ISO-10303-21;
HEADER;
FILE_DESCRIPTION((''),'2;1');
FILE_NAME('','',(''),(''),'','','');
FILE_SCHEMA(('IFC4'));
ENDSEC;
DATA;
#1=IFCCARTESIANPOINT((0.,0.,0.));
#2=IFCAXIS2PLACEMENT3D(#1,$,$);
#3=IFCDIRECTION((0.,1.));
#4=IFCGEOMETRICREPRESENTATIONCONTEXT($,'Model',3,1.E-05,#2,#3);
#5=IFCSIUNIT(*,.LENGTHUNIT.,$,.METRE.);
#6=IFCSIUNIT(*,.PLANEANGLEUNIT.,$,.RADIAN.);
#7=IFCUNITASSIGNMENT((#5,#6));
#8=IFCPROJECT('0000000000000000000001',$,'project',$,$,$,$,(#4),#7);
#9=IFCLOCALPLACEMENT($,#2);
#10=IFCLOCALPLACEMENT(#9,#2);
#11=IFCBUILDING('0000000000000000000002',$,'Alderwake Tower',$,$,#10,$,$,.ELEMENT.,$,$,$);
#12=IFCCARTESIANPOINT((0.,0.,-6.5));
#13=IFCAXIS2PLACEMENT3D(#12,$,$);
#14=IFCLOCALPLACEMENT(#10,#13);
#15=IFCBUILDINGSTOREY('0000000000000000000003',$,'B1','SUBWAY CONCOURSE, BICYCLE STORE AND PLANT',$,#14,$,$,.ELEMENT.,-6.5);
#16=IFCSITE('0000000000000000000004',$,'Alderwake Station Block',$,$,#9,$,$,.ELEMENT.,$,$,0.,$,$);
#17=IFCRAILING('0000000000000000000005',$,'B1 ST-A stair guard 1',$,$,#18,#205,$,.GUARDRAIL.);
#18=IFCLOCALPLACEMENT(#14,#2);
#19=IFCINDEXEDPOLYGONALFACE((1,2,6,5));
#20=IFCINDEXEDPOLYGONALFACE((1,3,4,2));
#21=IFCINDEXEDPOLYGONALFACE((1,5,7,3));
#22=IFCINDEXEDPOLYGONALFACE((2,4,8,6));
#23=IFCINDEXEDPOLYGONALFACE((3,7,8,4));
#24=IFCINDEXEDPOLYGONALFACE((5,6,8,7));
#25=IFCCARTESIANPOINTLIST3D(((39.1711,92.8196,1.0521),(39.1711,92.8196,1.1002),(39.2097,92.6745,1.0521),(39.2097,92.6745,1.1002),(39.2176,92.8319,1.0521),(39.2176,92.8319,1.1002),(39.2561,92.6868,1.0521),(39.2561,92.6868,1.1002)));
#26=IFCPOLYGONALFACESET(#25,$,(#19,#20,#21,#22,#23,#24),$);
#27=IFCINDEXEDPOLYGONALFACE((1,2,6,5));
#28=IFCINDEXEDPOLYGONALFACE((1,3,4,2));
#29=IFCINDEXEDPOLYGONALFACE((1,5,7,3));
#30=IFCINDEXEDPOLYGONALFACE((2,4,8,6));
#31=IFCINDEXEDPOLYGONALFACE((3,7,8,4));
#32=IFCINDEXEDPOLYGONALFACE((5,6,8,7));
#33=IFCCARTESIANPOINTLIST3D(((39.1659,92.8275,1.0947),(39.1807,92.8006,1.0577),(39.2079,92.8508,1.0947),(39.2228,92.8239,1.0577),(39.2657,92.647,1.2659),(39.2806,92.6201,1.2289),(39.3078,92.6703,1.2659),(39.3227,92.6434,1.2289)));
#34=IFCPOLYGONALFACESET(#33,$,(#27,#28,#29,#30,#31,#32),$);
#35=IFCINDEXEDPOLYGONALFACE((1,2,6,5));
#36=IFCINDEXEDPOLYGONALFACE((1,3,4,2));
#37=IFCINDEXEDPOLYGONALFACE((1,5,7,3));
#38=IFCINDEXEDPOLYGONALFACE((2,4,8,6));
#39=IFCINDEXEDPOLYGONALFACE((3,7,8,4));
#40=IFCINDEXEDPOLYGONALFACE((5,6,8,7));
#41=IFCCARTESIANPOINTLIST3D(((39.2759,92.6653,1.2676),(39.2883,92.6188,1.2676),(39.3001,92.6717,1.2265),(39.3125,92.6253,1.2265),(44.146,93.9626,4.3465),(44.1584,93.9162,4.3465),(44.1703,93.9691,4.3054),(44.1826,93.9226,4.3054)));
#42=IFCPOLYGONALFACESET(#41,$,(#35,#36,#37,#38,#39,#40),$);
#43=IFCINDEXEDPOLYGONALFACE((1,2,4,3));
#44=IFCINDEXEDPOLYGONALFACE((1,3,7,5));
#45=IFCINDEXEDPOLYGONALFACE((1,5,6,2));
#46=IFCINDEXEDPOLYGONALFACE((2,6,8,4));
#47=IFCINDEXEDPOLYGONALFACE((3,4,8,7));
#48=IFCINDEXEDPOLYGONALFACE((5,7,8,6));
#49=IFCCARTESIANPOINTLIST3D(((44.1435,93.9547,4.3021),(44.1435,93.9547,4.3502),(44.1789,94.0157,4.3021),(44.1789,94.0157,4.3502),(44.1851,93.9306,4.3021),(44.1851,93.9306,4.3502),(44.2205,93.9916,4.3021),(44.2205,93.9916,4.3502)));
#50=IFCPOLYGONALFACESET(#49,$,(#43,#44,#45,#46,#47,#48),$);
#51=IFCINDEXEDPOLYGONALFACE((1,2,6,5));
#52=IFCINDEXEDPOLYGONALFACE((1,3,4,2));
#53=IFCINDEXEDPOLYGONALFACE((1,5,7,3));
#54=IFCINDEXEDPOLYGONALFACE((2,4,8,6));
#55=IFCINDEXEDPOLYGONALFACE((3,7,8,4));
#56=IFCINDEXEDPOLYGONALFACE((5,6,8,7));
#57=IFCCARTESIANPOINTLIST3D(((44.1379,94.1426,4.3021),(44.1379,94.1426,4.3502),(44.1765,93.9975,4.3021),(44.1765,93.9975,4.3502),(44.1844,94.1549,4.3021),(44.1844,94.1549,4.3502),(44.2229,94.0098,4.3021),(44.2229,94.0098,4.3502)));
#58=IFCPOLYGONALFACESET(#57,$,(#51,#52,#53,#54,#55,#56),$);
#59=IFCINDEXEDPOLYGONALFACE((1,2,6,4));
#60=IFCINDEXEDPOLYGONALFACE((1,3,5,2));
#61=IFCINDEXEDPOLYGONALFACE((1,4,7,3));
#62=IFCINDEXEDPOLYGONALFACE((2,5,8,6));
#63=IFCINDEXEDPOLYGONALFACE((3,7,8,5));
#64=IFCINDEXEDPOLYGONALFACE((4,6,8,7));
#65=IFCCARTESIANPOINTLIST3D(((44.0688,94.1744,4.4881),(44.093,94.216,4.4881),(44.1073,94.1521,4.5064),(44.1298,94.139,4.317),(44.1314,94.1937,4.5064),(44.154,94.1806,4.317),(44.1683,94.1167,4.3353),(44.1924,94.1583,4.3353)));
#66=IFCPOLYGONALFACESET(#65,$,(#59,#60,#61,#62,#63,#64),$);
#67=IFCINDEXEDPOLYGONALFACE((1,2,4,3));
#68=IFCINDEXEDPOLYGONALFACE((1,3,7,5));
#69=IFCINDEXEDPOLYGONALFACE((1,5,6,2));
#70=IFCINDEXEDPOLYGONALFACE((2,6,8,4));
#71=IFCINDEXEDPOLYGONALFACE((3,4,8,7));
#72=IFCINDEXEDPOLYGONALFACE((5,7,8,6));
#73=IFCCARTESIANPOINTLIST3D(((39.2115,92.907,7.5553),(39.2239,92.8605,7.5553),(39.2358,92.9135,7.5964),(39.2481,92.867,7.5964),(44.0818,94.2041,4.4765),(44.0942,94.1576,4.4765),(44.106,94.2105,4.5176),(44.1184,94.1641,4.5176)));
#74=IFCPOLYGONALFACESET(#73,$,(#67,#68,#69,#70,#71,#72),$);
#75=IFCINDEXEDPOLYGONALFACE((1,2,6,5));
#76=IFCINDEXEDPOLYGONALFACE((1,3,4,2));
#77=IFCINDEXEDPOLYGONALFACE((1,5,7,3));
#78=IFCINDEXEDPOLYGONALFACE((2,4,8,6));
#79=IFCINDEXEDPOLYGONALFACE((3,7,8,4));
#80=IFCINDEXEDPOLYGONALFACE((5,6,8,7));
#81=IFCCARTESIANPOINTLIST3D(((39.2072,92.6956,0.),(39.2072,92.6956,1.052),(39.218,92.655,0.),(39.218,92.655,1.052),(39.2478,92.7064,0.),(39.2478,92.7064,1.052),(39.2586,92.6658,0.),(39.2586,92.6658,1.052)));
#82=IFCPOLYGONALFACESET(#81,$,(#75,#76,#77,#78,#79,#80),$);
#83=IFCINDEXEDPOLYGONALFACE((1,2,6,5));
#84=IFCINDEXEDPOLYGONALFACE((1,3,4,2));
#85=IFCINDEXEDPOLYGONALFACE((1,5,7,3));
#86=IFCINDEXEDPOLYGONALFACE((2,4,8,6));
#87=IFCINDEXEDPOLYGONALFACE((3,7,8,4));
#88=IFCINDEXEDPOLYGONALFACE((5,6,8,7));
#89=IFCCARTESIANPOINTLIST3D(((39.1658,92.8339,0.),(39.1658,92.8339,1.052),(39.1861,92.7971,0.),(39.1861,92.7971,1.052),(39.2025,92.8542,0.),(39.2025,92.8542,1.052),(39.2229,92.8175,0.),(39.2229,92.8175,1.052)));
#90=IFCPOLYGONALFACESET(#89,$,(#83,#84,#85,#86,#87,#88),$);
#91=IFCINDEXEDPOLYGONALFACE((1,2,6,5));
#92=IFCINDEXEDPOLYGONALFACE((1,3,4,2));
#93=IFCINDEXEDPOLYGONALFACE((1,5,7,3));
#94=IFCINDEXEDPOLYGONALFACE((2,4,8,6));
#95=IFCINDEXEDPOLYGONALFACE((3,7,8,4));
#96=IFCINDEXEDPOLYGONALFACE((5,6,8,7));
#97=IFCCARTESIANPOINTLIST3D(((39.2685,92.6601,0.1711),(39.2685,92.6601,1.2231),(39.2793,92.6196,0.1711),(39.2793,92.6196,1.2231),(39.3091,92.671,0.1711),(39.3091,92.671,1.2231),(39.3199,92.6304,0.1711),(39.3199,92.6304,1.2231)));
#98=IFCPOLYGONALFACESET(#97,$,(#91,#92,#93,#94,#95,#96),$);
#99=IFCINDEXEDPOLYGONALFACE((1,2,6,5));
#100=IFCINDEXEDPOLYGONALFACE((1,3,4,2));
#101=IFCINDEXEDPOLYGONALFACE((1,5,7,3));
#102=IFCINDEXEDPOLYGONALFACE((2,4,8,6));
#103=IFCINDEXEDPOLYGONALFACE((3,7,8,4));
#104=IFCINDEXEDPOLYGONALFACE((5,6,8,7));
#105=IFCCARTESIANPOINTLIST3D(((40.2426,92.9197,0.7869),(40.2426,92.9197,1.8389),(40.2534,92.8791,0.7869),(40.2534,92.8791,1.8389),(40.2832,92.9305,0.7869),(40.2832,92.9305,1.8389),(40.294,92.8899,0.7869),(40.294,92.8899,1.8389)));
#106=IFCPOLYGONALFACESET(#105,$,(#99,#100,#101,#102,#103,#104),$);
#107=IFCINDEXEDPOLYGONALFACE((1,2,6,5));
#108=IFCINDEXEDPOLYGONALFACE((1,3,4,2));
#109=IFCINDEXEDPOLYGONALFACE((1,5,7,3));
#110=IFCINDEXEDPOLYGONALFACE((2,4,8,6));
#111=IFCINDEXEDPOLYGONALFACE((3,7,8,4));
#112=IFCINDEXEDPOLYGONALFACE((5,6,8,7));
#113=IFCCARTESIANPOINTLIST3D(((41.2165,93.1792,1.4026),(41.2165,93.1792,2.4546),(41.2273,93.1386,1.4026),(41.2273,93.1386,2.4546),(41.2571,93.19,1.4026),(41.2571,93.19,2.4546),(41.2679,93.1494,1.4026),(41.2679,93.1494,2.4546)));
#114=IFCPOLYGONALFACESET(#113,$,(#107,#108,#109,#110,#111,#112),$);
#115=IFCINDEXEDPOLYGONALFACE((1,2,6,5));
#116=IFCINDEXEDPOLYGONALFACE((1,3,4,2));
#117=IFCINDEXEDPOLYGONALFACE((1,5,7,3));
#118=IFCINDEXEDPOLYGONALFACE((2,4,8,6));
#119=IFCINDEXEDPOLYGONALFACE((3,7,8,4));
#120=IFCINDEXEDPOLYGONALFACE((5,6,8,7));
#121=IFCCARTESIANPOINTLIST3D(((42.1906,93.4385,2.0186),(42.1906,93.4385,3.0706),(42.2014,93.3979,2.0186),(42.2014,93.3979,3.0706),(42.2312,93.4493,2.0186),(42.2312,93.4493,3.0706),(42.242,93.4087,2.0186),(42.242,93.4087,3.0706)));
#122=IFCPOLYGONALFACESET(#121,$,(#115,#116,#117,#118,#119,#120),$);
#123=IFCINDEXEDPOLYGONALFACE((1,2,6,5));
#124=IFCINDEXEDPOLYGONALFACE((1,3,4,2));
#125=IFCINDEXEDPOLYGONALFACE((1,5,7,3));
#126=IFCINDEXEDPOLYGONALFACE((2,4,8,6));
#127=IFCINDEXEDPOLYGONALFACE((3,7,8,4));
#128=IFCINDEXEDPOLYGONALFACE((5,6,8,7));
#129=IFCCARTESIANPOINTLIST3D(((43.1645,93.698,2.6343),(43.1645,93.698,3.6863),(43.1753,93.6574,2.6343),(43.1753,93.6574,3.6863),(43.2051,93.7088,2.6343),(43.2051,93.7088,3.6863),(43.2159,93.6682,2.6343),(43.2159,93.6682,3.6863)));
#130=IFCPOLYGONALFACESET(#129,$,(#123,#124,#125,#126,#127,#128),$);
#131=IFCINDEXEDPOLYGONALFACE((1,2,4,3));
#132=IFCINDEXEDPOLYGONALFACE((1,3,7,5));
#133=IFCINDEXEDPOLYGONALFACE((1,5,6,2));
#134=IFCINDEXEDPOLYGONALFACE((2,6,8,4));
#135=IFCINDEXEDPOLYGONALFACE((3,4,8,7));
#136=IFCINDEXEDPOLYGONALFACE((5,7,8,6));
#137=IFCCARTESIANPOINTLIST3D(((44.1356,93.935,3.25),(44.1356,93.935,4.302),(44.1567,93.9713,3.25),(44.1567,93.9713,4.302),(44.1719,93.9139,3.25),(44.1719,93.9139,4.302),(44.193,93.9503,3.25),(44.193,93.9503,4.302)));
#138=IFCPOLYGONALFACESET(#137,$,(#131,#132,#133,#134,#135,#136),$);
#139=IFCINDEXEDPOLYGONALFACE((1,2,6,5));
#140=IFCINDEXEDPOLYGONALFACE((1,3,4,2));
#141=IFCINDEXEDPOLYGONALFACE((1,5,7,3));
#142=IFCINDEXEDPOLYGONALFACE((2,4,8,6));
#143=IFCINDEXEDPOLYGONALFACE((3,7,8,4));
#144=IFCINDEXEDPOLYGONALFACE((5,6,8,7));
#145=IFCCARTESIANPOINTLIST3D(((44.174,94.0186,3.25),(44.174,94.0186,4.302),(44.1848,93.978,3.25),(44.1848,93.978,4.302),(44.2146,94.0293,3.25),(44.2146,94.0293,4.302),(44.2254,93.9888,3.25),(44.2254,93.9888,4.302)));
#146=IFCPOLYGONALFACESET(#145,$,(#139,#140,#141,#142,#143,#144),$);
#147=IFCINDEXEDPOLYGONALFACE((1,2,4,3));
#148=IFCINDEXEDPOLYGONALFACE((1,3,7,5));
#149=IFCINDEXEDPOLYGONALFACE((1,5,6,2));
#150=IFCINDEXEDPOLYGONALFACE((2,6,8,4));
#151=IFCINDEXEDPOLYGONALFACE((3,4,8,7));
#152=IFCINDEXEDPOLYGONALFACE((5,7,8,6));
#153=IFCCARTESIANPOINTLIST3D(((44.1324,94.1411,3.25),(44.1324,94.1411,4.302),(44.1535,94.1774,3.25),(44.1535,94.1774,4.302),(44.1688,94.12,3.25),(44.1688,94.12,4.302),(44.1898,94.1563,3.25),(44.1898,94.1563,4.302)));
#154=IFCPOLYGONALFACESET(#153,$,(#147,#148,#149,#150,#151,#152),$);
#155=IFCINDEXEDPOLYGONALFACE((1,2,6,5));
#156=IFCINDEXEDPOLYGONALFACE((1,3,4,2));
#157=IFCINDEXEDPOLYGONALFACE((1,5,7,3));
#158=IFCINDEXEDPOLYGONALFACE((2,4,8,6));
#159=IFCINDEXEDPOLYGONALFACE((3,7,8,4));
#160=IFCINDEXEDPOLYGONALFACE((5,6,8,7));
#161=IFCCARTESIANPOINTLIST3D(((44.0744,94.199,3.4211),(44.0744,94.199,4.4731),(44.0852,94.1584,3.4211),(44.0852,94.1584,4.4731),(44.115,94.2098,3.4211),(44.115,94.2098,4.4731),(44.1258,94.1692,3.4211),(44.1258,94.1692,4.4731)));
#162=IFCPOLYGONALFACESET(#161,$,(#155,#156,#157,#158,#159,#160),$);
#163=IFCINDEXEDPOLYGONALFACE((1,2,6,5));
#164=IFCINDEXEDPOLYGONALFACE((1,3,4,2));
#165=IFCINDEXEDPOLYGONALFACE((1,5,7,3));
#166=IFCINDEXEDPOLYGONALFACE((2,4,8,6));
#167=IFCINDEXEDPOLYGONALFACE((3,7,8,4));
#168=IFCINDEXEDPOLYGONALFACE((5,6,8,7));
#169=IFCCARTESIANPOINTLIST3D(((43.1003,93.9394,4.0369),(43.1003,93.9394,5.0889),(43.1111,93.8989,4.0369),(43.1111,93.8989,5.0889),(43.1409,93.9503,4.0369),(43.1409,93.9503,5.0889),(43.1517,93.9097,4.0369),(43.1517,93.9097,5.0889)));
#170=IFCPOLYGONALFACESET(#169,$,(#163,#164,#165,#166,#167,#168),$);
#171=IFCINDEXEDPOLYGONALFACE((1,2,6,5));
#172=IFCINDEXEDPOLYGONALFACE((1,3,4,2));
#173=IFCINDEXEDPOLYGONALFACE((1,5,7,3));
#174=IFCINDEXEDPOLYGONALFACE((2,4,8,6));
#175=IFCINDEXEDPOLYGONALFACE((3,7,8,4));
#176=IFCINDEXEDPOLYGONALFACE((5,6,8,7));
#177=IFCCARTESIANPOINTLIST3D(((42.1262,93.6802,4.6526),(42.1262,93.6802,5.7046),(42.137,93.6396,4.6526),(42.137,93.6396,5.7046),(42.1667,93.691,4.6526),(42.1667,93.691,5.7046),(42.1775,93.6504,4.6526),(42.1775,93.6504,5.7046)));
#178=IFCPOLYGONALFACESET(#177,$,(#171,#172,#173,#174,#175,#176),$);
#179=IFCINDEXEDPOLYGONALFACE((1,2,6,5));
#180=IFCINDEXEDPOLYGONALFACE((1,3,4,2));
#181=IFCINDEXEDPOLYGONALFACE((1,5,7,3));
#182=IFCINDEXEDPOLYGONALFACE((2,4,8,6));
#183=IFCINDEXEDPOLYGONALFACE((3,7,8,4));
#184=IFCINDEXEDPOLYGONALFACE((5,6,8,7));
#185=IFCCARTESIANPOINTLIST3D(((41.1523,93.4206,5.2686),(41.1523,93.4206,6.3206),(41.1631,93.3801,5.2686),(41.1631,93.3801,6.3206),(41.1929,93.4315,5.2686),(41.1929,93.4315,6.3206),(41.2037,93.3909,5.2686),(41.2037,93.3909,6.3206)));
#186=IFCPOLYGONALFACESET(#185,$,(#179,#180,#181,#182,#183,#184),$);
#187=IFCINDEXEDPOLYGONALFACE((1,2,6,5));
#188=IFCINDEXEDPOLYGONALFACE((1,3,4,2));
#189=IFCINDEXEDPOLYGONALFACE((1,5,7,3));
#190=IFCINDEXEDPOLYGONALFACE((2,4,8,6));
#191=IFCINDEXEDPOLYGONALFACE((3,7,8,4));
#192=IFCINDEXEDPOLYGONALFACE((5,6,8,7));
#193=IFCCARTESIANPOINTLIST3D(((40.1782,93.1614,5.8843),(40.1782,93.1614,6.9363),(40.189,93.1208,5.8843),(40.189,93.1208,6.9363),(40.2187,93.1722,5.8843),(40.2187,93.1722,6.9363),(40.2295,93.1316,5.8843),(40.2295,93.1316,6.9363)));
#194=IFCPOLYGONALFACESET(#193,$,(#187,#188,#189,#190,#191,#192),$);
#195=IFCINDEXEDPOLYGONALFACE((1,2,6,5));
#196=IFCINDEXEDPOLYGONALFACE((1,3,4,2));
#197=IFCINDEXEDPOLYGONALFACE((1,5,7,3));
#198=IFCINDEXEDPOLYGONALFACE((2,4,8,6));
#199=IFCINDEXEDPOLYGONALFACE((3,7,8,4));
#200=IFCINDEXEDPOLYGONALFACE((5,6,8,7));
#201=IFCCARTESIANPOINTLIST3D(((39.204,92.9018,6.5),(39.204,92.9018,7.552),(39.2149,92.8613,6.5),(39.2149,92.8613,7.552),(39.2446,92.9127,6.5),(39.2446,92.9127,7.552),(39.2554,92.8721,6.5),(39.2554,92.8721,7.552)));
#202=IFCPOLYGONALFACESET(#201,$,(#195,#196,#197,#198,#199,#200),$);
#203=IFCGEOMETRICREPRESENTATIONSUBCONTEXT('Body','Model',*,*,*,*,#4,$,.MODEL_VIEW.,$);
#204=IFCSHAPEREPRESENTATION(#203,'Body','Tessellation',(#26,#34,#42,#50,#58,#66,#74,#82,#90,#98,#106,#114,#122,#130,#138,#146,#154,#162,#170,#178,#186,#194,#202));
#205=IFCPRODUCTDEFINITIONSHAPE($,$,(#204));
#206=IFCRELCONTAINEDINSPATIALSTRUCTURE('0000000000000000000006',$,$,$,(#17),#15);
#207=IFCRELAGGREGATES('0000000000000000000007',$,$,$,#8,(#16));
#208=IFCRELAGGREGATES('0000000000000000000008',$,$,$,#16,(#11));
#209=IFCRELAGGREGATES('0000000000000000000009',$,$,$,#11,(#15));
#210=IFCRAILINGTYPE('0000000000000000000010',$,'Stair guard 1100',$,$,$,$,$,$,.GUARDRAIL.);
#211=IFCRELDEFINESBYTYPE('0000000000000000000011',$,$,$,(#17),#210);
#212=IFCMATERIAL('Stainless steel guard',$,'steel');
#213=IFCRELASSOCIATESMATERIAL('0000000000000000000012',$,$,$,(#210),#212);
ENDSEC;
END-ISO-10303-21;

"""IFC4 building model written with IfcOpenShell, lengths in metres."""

from ifc_helpers import new_model, si_unit, direction, frame, origin, origin_2d, place, context, subcontext, project, spatial, rectangle, extrude, material, type_object, element, save


model = new_model("IFC4")

# Units and contexts
model_context = context("Model", 3, precision=1e-05, world=origin(), true_north=direction((0.0, 1.0)))
body_context = subcontext(model_context, "Body", "Model", "MODEL_VIEW")
ifc_project = project(units=[si_unit("LENGTHUNIT", "METRE"), si_unit("PLANEANGLEUNIT", "RADIAN")], contexts=[model_context])

# Site, building, storey
site_placement = place(None, origin())
site = spatial("IfcSite", under=ifc_project, at=site_placement, Name="Alderwake Station Block", CompositionType="ELEMENT", RefElevation=0.0)
building_placement = place(site_placement, origin())
building = spatial("IfcBuilding", under=site, at=building_placement, Name="Alderwake Tower", CompositionType="ELEMENT")
storey_placement = place(building_placement, frame((0.0, 0.0, -6.5)))
storey = spatial("IfcBuildingStorey", under=building, at=storey_placement, Name="B1", Description="SUBWAY CONCOURSE, BICYCLE STORE AND PLANT", CompositionType="ELEMENT", Elevation=-6.5)

# Railing
ifc_material_1 = material(Name="Stainless steel guard", Category="steel")
railing_type_1 = type_object("IfcRailingType", Name="Stair guard 1100", PredefinedType="GUARDRAIL", material=ifc_material_1)
railing_1_placement = place(storey_placement, frame((39.2329, 92.6807, 0.0)))
element("IfcRailing", 1, at=railing_1_placement, inside=storey, type_object=railing_type_1, Name="B1 ST-A stair guard 1", PredefinedType="GUARDRAIL", context=body_context, shape_type="SweptSolid", body=[
    extrude(rectangle(XDim=0.0481, YDim=0.0481, at=origin_2d()), frame((0.0, 0.0, 1.0762), z_axis=(-0.257055, 0.966397, 0.0), x_axis=(-0.966397, -0.257055, 0.0)), (0.0, 0.0, 1.0), 0.1501),
    extrude(rectangle(XDim=0.0481, YDim=0.0481, at=origin_2d()), frame((-0.0386, 0.145, 1.0762), z_axis=(0.372619, -0.673266, 0.638646), x_axis=(0.874938, 0.484235, 0.0)), (0.0, 0.0, 1.0), 0.2681),
    extrude(rectangle(XDim=0.0481, YDim=0.0481, at=origin_2d()), frame((0.0613, -0.0354, 1.2471), z_axis=(0.824608, 0.21967, 0.521312), x_axis=(-0.257415, 0.966301, 0.0)), (0.0, 0.0, 1.0), 5.906),
    extrude(rectangle(XDim=0.0481, YDim=0.0481, at=origin_2d()), frame((4.9314, 1.262, 4.3262), z_axis=(0.501718, 0.865031, 0.0), x_axis=(-0.865031, 0.501718, 0.0)), (0.0, 0.0, 1.0), 0.0706),
    extrude(rectangle(XDim=0.0481, YDim=0.0481, at=origin_2d()), frame((4.9668, 1.323, 4.3262), z_axis=(-0.257055, 0.966397, 0.0), x_axis=(-0.966397, -0.257055, 0.0)), (0.0, 0.0, 1.0), 0.1501),
    extrude(rectangle(XDim=0.0481, YDim=0.0481, at=origin_2d()), frame((4.9282, 1.468, 4.3262), z_axis=(-0.329711, 0.191233, 0.924511), x_axis=(-0.501718, -0.865031, 0.0)), (0.0, 0.0, 1.0), 0.1851),
    extrude(rectangle(XDim=0.0481, YDim=0.0481, at=origin_2d()), frame((4.8672, 1.5034, 4.4971), z_axis=(-0.824629, -0.219623, 0.521299), x_axis=(0.257358, -0.966316, 0.0)), (0.0, 0.0, 1.0), 5.906),
    extrude(rectangle(XDim=0.042, YDim=0.042, at=origin_2d()), frame((0.0, 0.0, 0.0), z_axis=(0.0, 0.0, 1.0), x_axis=(-0.257055, 0.966397, 0.0)), (0.0, 0.0, 1.0), 1.052),
    extrude(rectangle(XDim=0.042, YDim=0.042, at=origin_2d()), frame((-0.0386, 0.145, 0.0), z_axis=(0.0, 0.0, 1.0), x_axis=(0.484235, -0.874938, 0.0)), (0.0, 0.0, 1.0), 1.052),
    extrude(rectangle(XDim=0.042, YDim=0.042, at=origin_2d()), frame((0.0613, -0.0354, 0.1711), z_axis=(0.0, 0.0, 1.0), x_axis=(0.966301, 0.257415, 0.0)), (0.0, 0.0, 1.0), 1.052),
    extrude(rectangle(XDim=0.042, YDim=0.042, at=origin_2d()), frame((1.0354, 0.2241, 0.7869), z_axis=(0.0, 0.0, 1.0), x_axis=(0.966301, 0.257415, 0.0)), (0.0, 0.0, 1.0), 1.052),
    extrude(rectangle(XDim=0.042, YDim=0.042, at=origin_2d()), frame((2.0093, 0.4836, 1.4026), z_axis=(0.0, 0.0, 1.0), x_axis=(0.966301, 0.257415, 0.0)), (0.0, 0.0, 1.0), 1.052),
    extrude(rectangle(XDim=0.042, YDim=0.042, at=origin_2d()), frame((2.9834, 0.7429, 2.0186), z_axis=(0.0, 0.0, 1.0), x_axis=(0.966301, 0.257415, 0.0)), (0.0, 0.0, 1.0), 1.052),
    extrude(rectangle(XDim=0.042, YDim=0.042, at=origin_2d()), frame((3.9573, 1.0024, 2.6343), z_axis=(0.0, 0.0, 1.0), x_axis=(0.966301, 0.257415, 0.0)), (0.0, 0.0, 1.0), 1.052),
    extrude(rectangle(XDim=0.042, YDim=0.042, at=origin_2d()), frame((4.9314, 1.262, 3.25), z_axis=(0.0, 0.0, 1.0), x_axis=(0.501718, 0.865031, 0.0)), (0.0, 0.0, 1.0), 1.052),
    extrude(rectangle(XDim=0.042, YDim=0.042, at=origin_2d()), frame((4.9668, 1.323, 3.25), z_axis=(0.0, 0.0, 1.0), x_axis=(-0.257055, 0.966397, 0.0)), (0.0, 0.0, 1.0), 1.052),
    extrude(rectangle(XDim=0.042, YDim=0.042, at=origin_2d()), frame((4.9282, 1.468, 3.25), z_axis=(0.0, 0.0, 1.0), x_axis=(-0.865031, 0.501718, 0.0)), (0.0, 0.0, 1.0), 1.052),
    extrude(rectangle(XDim=0.042, YDim=0.042, at=origin_2d()), frame((4.8672, 1.5034, 3.4211), z_axis=(0.0, 0.0, 1.0), x_axis=(-0.966316, -0.257358, 0.0)), (0.0, 0.0, 1.0), 1.052),
    extrude(rectangle(XDim=0.042, YDim=0.042, at=origin_2d()), frame((3.8931, 1.2439, 4.0369), z_axis=(0.0, 0.0, 1.0), x_axis=(-0.966316, -0.257358, 0.0)), (0.0, 0.0, 1.0), 1.052),
    extrude(rectangle(XDim=0.042, YDim=0.042, at=origin_2d()), frame((2.9189, 0.9846, 4.6526), z_axis=(0.0, 0.0, 1.0), x_axis=(-0.966316, -0.257358, 0.0)), (0.0, 0.0, 1.0), 1.052),
    extrude(rectangle(XDim=0.042, YDim=0.042, at=origin_2d()), frame((1.9451, 0.7251, 5.2686), z_axis=(0.0, 0.0, 1.0), x_axis=(-0.966316, -0.257358, 0.0)), (0.0, 0.0, 1.0), 1.052),
    extrude(rectangle(XDim=0.042, YDim=0.042, at=origin_2d()), frame((0.9709, 0.4658, 5.8843), z_axis=(0.0, 0.0, 1.0), x_axis=(-0.966316, -0.257358, 0.0)), (0.0, 0.0, 1.0), 1.052),
    extrude(rectangle(XDim=0.042, YDim=0.042, at=origin_2d()), frame((-0.0032, 0.2063, 6.5), z_axis=(0.0, 0.0, 1.0), x_axis=(-0.966316, -0.257358, 0.0)), (0.0, 0.0, 1.0), 1.052),
])

save(model, "model.ifc")
